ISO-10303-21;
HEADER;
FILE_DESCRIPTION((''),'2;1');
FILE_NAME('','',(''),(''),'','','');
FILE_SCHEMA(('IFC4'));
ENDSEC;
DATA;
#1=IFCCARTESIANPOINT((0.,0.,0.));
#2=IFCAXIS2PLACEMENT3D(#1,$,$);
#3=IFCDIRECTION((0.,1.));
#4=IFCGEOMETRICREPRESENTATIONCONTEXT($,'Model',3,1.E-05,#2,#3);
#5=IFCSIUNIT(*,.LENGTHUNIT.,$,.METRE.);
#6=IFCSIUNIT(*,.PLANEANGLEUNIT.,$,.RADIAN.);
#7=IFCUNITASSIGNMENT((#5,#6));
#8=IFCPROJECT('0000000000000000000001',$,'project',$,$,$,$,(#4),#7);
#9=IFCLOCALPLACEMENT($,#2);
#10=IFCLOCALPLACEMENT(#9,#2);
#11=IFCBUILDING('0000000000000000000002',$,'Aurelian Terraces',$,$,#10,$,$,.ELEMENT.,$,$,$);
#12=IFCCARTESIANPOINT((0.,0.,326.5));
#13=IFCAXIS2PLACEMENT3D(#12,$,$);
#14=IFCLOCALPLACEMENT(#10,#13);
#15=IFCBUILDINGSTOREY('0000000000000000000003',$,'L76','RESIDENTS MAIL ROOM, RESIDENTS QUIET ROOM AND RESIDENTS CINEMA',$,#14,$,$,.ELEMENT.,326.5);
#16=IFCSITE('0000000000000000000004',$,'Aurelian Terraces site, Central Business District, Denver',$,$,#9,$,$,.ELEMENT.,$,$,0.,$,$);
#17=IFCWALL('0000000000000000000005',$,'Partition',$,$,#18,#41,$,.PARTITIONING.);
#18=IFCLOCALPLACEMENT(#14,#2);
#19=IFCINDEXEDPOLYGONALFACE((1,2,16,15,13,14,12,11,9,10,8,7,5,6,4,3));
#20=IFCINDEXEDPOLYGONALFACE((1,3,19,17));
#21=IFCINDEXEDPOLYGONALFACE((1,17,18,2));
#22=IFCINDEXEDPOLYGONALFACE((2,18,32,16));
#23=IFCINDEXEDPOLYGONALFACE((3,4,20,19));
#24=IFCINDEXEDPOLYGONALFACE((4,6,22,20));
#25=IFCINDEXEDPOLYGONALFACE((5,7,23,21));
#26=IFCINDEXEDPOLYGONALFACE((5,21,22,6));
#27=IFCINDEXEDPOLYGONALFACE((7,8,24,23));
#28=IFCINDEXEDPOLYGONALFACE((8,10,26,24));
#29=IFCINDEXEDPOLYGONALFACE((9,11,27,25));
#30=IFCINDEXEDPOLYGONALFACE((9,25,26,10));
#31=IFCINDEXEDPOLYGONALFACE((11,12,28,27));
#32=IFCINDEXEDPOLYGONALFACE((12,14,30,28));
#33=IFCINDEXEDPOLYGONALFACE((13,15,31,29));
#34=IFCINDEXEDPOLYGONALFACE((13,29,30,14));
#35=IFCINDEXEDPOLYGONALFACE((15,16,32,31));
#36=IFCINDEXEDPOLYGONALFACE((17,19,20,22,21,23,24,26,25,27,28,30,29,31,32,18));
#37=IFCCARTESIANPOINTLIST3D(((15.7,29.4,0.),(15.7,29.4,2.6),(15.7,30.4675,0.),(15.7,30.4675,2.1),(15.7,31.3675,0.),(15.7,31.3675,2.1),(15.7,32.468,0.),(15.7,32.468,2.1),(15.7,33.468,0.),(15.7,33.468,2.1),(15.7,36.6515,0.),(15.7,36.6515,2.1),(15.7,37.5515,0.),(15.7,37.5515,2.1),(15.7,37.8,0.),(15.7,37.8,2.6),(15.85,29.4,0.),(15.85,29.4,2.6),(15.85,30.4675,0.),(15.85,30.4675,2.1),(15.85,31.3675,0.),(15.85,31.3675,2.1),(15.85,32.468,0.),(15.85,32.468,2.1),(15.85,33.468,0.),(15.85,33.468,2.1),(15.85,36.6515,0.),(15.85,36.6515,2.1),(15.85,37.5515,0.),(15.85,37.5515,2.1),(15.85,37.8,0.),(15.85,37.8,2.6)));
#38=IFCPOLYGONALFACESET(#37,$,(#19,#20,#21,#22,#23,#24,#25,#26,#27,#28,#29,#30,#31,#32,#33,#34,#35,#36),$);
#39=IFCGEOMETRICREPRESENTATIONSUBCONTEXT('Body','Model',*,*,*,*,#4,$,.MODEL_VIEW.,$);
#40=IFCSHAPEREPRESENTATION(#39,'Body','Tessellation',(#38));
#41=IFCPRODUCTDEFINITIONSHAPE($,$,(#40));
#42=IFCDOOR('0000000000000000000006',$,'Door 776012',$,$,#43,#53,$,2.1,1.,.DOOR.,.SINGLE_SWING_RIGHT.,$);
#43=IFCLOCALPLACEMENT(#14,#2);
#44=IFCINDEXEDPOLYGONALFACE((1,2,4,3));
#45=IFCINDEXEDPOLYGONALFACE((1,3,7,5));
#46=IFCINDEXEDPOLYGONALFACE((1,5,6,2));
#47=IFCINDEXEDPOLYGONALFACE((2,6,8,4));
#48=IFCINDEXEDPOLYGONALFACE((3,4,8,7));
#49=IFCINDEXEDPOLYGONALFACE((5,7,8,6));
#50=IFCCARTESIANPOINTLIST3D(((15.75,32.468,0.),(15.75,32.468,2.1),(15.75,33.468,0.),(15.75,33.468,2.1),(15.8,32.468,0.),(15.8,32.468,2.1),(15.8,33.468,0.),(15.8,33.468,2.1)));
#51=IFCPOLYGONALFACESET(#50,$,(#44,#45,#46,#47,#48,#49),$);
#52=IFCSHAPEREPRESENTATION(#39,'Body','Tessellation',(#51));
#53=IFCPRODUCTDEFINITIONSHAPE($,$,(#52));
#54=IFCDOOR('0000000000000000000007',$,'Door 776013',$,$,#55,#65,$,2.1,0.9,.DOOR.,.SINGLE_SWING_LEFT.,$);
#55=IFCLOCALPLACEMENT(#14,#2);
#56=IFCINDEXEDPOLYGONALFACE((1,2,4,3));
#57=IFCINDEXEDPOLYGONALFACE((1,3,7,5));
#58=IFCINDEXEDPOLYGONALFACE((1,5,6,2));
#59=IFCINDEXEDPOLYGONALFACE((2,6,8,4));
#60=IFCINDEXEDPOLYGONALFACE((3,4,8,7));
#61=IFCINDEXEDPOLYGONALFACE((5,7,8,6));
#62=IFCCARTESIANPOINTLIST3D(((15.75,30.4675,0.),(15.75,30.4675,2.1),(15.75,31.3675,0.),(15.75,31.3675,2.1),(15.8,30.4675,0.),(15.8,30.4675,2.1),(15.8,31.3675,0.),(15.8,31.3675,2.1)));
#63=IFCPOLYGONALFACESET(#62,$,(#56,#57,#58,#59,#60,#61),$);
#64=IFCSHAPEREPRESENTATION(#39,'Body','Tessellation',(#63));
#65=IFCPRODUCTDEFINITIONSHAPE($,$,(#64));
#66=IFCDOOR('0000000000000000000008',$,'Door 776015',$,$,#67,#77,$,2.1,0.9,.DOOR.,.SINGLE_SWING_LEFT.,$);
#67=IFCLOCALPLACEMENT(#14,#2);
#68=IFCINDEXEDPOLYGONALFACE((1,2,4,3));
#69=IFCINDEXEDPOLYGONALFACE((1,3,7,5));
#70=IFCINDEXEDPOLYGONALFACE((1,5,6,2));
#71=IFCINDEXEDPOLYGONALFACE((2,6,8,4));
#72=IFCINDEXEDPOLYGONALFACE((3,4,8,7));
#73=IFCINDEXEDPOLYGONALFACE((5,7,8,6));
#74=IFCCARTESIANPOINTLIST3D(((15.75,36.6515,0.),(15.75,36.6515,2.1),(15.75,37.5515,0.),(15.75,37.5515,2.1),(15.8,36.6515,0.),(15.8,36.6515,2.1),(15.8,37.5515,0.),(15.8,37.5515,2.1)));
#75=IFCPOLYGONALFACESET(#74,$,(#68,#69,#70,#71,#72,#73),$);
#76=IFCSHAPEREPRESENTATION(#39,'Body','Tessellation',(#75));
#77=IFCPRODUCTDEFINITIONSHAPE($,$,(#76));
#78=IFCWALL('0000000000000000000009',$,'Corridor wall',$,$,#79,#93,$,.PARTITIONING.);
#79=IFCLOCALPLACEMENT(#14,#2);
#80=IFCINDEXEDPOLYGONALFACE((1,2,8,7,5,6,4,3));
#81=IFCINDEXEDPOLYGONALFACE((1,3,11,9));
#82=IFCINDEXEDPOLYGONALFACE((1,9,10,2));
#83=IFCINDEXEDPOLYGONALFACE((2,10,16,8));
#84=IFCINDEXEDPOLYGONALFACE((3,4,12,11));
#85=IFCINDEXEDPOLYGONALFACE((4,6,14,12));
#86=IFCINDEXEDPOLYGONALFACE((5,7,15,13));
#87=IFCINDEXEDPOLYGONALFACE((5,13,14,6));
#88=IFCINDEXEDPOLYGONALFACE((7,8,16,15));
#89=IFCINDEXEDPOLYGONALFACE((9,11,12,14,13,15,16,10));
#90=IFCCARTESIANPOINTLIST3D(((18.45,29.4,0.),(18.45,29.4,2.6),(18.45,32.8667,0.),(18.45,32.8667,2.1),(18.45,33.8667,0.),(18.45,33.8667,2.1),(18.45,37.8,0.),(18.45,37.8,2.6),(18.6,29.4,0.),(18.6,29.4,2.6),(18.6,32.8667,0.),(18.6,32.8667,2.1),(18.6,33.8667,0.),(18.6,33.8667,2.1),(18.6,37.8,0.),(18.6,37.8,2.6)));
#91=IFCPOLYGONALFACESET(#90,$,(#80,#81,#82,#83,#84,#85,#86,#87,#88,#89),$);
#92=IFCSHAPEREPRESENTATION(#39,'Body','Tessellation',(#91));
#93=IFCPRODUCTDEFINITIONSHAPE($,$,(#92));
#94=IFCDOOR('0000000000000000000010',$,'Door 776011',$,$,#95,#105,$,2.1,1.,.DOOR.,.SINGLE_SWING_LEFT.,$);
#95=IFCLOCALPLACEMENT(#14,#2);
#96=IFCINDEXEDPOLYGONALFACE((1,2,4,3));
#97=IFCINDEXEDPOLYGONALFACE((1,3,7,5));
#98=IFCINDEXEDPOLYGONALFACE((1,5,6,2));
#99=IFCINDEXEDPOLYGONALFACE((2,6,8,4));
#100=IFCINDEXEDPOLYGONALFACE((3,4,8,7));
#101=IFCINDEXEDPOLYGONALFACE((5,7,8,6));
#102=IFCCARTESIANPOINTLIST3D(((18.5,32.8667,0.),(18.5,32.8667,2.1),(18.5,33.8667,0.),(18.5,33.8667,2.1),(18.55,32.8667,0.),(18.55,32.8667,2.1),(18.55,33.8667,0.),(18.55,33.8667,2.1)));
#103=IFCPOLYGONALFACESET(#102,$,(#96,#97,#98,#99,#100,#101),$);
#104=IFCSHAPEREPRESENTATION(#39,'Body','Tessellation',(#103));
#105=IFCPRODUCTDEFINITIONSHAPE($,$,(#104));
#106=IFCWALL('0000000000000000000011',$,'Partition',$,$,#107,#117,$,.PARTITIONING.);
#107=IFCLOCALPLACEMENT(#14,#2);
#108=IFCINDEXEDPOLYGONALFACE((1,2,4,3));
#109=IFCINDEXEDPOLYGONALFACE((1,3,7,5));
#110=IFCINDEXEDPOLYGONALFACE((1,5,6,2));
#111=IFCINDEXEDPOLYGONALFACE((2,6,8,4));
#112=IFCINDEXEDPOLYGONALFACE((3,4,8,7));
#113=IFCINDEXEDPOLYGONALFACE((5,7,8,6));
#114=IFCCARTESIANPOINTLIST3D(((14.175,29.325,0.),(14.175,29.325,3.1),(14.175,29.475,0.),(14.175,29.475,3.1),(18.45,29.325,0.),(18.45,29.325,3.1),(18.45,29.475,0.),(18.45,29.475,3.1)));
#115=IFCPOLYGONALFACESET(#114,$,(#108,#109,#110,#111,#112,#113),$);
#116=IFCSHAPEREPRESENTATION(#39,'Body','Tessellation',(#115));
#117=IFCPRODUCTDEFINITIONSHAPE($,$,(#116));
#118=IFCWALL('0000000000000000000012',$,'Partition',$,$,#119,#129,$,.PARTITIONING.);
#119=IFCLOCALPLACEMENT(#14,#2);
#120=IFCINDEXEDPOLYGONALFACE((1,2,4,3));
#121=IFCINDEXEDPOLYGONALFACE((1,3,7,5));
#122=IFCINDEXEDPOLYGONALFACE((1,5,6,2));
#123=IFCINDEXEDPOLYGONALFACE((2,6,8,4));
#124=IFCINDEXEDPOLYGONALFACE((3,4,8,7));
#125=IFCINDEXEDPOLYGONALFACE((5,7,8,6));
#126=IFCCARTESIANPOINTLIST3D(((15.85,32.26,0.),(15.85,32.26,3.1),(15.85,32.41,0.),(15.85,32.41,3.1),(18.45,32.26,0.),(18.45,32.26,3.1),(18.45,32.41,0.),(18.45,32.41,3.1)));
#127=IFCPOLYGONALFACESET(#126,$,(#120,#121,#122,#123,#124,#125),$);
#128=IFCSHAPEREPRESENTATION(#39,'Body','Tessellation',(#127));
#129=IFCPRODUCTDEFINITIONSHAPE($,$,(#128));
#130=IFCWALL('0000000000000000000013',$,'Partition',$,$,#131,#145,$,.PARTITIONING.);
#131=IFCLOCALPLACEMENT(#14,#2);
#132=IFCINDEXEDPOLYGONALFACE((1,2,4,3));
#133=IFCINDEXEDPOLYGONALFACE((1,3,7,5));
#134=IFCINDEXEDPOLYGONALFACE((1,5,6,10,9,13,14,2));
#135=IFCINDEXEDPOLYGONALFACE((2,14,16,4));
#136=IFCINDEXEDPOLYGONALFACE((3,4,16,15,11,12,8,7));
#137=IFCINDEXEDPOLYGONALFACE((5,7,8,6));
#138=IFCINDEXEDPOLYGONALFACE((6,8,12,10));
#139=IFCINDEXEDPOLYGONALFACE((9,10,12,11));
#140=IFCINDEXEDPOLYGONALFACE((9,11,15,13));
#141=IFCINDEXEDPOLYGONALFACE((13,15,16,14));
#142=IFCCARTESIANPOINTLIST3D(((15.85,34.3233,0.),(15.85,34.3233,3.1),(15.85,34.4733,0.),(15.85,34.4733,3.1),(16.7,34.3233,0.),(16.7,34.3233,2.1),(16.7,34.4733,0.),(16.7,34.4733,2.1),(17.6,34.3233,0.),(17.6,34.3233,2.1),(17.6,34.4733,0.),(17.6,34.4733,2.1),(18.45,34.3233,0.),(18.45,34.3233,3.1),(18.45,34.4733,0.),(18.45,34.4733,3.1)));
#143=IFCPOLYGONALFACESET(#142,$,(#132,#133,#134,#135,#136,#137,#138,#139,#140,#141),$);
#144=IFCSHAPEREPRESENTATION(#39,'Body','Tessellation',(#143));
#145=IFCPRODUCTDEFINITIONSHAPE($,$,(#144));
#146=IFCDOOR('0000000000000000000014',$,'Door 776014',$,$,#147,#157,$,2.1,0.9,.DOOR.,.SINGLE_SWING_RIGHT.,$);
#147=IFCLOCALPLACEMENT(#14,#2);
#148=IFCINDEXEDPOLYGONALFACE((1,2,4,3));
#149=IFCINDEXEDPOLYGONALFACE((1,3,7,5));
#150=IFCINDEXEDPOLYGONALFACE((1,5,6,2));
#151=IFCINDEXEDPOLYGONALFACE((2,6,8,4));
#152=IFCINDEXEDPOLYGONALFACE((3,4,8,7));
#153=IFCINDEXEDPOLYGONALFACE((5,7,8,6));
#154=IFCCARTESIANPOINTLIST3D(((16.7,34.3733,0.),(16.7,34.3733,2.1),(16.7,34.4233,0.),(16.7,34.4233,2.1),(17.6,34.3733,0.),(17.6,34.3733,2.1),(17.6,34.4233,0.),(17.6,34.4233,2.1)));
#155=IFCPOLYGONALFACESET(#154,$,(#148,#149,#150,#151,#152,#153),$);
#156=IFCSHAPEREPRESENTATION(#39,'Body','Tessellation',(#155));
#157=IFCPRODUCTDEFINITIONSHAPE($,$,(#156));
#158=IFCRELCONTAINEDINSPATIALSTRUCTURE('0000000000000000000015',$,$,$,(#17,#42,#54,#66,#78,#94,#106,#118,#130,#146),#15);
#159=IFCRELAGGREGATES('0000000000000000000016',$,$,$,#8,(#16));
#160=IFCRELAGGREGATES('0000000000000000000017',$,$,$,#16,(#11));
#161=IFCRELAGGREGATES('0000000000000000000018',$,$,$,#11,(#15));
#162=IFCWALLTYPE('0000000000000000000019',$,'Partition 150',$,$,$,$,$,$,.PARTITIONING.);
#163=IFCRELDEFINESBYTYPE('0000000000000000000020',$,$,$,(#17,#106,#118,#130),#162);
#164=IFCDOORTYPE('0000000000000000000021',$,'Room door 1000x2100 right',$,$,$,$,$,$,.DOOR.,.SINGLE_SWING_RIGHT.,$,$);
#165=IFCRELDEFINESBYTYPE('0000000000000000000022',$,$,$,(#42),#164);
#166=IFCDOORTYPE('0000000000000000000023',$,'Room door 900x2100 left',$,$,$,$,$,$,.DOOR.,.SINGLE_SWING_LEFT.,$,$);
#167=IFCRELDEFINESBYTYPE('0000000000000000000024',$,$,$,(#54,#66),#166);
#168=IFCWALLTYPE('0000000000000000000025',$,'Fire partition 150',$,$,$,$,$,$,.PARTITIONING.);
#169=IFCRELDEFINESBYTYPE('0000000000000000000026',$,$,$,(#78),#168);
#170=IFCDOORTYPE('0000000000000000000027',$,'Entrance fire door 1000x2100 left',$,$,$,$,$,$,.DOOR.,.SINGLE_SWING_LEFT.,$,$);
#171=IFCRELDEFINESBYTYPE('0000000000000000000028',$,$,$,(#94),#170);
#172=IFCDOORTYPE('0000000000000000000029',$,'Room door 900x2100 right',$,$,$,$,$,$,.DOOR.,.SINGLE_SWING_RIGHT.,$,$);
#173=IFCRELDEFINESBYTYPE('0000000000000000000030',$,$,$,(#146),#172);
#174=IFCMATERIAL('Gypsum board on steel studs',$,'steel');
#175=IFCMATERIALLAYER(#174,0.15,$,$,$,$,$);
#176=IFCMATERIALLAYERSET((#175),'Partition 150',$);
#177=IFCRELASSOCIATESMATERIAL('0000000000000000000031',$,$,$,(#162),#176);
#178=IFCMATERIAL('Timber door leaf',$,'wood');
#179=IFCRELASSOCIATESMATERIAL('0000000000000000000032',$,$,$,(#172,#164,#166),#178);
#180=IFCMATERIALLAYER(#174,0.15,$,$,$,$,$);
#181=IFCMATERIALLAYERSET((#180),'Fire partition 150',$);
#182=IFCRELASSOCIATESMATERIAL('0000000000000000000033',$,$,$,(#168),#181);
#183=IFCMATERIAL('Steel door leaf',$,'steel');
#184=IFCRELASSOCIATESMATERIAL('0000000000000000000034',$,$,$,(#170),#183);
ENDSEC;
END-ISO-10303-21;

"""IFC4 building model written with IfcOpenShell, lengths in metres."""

from ifc_helpers import new_model, si_unit, direction, frame, frame_2d, origin, place, context, subcontext, project, spatial, rectangle, extrude, source, transform, mapped, material, layer, layer_set, type_object, element, fill, save


model = new_model("IFC4")

# Units and contexts
model_context = context("Model", 3, precision=1e-05, world=origin(), true_north=direction((0.0, 1.0)))
body_context = subcontext(model_context, "Body", "Model", "MODEL_VIEW")
ifc_project = project(units=[si_unit("LENGTHUNIT", "METRE"), si_unit("PLANEANGLEUNIT", "RADIAN")], contexts=[model_context])

# Site, building, storey
site_placement = place(None, origin())
site = spatial("IfcSite", under=ifc_project, at=site_placement, Name="Aurelian Terraces site, Central Business District, Denver", CompositionType="ELEMENT", RefElevation=0.0)
building_placement = place(site_placement, origin())
building = spatial("IfcBuilding", under=site, at=building_placement, Name="Aurelian Terraces", CompositionType="ELEMENT")
storey_placement = place(building_placement, frame((0.0, 0.0, 326.5)))
storey = spatial("IfcBuildingStorey", under=building, at=storey_placement, Name="L76", Description="RESIDENTS MAIL ROOM, RESIDENTS QUIET ROOM AND RESIDENTS CINEMA", CompositionType="ELEMENT", Elevation=326.5)

# Shared definitions
ifc_material_1 = material(Name="Gypsum board on steel studs", Category="steel")
ifc_layer_1 = layer(ifc_material_1, 0.15)
ifc_layer_set_1 = layer_set([ifc_layer_1], Name="Partition 150")
wall_type_1 = type_object("IfcWallType", Name="Partition 150", PredefinedType="PARTITIONING", material=ifc_layer_set_1)
shared_shape_1 = source(origin(), body_context, "Body", "SweptSolid", [
    extrude(rectangle(XDim=0.9, YDim=2.1, at=frame_2d((0.45, 1.05))), frame((0.0, 0.085, 0.0), z_axis=(0.0, -1.0, 0.0), x_axis=(1.0, 0.0, 0.0)), (0.0, 0.0, 1.0), 0.17),
])
ifc_material_2 = material(Name="Timber door leaf", Category="wood")
door_type_1 = type_object("IfcDoorType", Name="Room door 900x2100 right", OperationType="SINGLE_SWING_RIGHT", PredefinedType="DOOR", material=ifc_material_2)
shared_shape_2 = source(origin(), body_context, "Body", "SweptSolid", [
    extrude(rectangle(XDim=0.9, YDim=2.1, at=frame_2d((0.45, 1.05))), frame((0.0, 0.025, 0.0), z_axis=(0.0, -1.0, 0.0), x_axis=(1.0, 0.0, 0.0)), (0.0, 0.0, 1.0), 0.05),
])

# Wall, openings, doors
shared_shape_3 = source(origin(), body_context, "Body", "SweptSolid", [
    extrude(rectangle(XDim=8.4, YDim=0.15, at=frame_2d((4.2, 0.0))), origin(), (0.0, 0.0, 1.0), 2.6),
])
wall_1_placement = place(storey_placement, frame((15.775, 29.4, 0.0), z_axis=(0.0, 0.0, 1.0), x_axis=(0.0, 1.0, 0.0)))
wall_1 = element("IfcWall", 1, at=wall_1_placement, inside=storey, type_object=wall_type_1, Name="Partition", PredefinedType="PARTITIONING", context=body_context, shape_type="MappedRepresentation", body=[
    mapped(shared_shape_3, transform((0.0, 0.0, 0.0), scale=1.0)),
])
shared_shape_4 = source(origin(), body_context, "Body", "SweptSolid", [
    extrude(rectangle(XDim=1.0, YDim=2.1, at=frame_2d((0.5, 1.05))), frame((0.0, 0.085, 0.0), z_axis=(0.0, -1.0, 0.0), x_axis=(1.0, 0.0, 0.0)), (0.0, 0.0, 1.0), 0.17),
])
opening_1_placement = place(wall_1_placement, frame((3.068, 0.0, 0.0)))
opening_1 = element("IfcOpeningElement", 2, at=opening_1_placement, cuts=wall_1, PredefinedType="OPENING", context=body_context, shape_type="MappedRepresentation", body=[
    mapped(shared_shape_4, transform((0.0, 0.0, 0.0), scale=1.0)),
])
opening_2_placement = place(wall_1_placement, frame((1.0675, 0.0, 0.0)))
opening_2 = element("IfcOpeningElement", 3, at=opening_2_placement, cuts=wall_1, PredefinedType="OPENING", context=body_context, shape_type="MappedRepresentation", body=[
    mapped(shared_shape_1, transform((0.0, 0.0, 0.0), scale=1.0)),
])
opening_3_placement = place(wall_1_placement, frame((7.2515, 0.0, 0.0)))
opening_3 = element("IfcOpeningElement", 4, at=opening_3_placement, cuts=wall_1, PredefinedType="OPENING", context=body_context, shape_type="MappedRepresentation", body=[
    mapped(shared_shape_1, transform((0.0, 0.0, 0.0), scale=1.0)),
])
door_type_2 = type_object("IfcDoorType", Name="Room door 1000x2100 right", OperationType="SINGLE_SWING_RIGHT", PredefinedType="DOOR", material=ifc_material_2)
shared_shape_5 = source(origin(), body_context, "Body", "SweptSolid", [
    extrude(rectangle(XDim=1.0, YDim=2.1, at=frame_2d((0.5, 1.05))), frame((0.0, 0.025, 0.0), z_axis=(0.0, -1.0, 0.0), x_axis=(1.0, 0.0, 0.0)), (0.0, 0.0, 1.0), 0.05),
])
door_1_placement = place(opening_1_placement, origin())
door_1 = element("IfcDoor", 5, at=door_1_placement, inside=storey, type_object=door_type_2, Name="Door 776012", OperationType="SINGLE_SWING_RIGHT", OverallHeight=2.1, OverallWidth=1.0, PredefinedType="DOOR", context=body_context, shape_type="MappedRepresentation", body=[
    mapped(shared_shape_5, transform((0.0, 0.0, 0.0), scale=1.0)),
])
fill(opening_1, door_1)
door_type_3 = type_object("IfcDoorType", Name="Room door 900x2100 left", OperationType="SINGLE_SWING_LEFT", PredefinedType="DOOR", material=ifc_material_2)
door_2_placement = place(opening_2_placement, origin())
door_2 = element("IfcDoor", 6, at=door_2_placement, inside=storey, type_object=door_type_3, Name="Door 776013", OperationType="SINGLE_SWING_LEFT", OverallHeight=2.1, OverallWidth=0.9, PredefinedType="DOOR", context=body_context, shape_type="MappedRepresentation", body=[
    mapped(shared_shape_2, transform((0.0, 0.0, 0.0), scale=1.0)),
])
fill(opening_2, door_2)
door_3_placement = place(opening_3_placement, origin())
door_3 = element("IfcDoor", 7, at=door_3_placement, inside=storey, type_object=door_type_3, Name="Door 776015", OperationType="SINGLE_SWING_LEFT", OverallHeight=2.1, OverallWidth=0.9, PredefinedType="DOOR", context=body_context, shape_type="MappedRepresentation", body=[
    mapped(shared_shape_2, transform((0.0, 0.0, 0.0), scale=1.0)),
])
fill(opening_3, door_3)

# Wall, opening, door
ifc_layer_2 = layer(ifc_material_1, 0.15)
ifc_layer_set_2 = layer_set([ifc_layer_2], Name="Fire partition 150")
wall_type_2 = type_object("IfcWallType", Name="Fire partition 150", PredefinedType="PARTITIONING", material=ifc_layer_set_2)
wall_2_placement = place(storey_placement, frame((18.525, 29.4, 0.0), z_axis=(0.0, 0.0, 1.0), x_axis=(0.0, 1.0, 0.0)))
wall_2 = element("IfcWall", 8, at=wall_2_placement, inside=storey, type_object=wall_type_2, Name="Corridor wall", PredefinedType="PARTITIONING", context=body_context, shape_type="MappedRepresentation", body=[
    mapped(shared_shape_3, transform((0.0, 0.0, 0.0), scale=1.0)),
])
opening_4_placement = place(wall_2_placement, frame((3.4667, 0.0, 0.0)))
opening_4 = element("IfcOpeningElement", 9, at=opening_4_placement, cuts=wall_2, PredefinedType="OPENING", context=body_context, shape_type="MappedRepresentation", body=[
    mapped(shared_shape_4, transform((0.0, 0.0, 0.0), scale=1.0)),
])
ifc_material_3 = material(Name="Steel door leaf", Category="steel")
door_type_4 = type_object("IfcDoorType", Name="Entrance fire door 1000x2100 left", OperationType="SINGLE_SWING_LEFT", PredefinedType="DOOR", material=ifc_material_3)
door_4_placement = place(opening_4_placement, origin())
door_4 = element("IfcDoor", 10, at=door_4_placement, inside=storey, type_object=door_type_4, Name="Door 776011", OperationType="SINGLE_SWING_LEFT", OverallHeight=2.1, OverallWidth=1.0, PredefinedType="DOOR", context=body_context, shape_type="MappedRepresentation", body=[
    mapped(shared_shape_5, transform((0.0, 0.0, 0.0), scale=1.0)),
])
fill(opening_4, door_4)

# Walls
shared_shape_6 = source(origin(), body_context, "Body", "SweptSolid", [
    extrude(rectangle(XDim=4.275, YDim=0.15, at=frame_2d((2.1375, 0.0))), origin(), (0.0, 0.0, 1.0), 3.1),
])
wall_3_placement = place(storey_placement, frame((18.45, 29.4, 0.0), z_axis=(0.0, 0.0, 1.0), x_axis=(-1.0, 0.0, 0.0)))
element("IfcWall", 11, at=wall_3_placement, inside=storey, type_object=wall_type_1, Name="Partition", PredefinedType="PARTITIONING", context=body_context, shape_type="MappedRepresentation", body=[
    mapped(shared_shape_6, transform((0.0, 0.0, 0.0), scale=1.0)),
])
shared_shape_7 = source(origin(), body_context, "Body", "SweptSolid", [
    extrude(rectangle(XDim=2.6, YDim=0.15, at=frame_2d((1.3, 0.0))), origin(), (0.0, 0.0, 1.0), 3.1),
])
wall_4_placement = place(storey_placement, frame((18.45, 32.335, 0.0), z_axis=(0.0, 0.0, 1.0), x_axis=(-1.0, 0.0, 0.0)))
element("IfcWall", 12, at=wall_4_placement, inside=storey, type_object=wall_type_1, Name="Partition", PredefinedType="PARTITIONING", context=body_context, shape_type="MappedRepresentation", body=[
    mapped(shared_shape_7, transform((0.0, 0.0, 0.0), scale=1.0)),
])

# Wall, opening, door
wall_5_placement = place(storey_placement, frame((18.45, 34.3983, 0.0), z_axis=(0.0, 0.0, 1.0), x_axis=(-1.0, 0.0, 0.0)))
wall_5 = element("IfcWall", 13, at=wall_5_placement, inside=storey, type_object=wall_type_1, Name="Partition", PredefinedType="PARTITIONING", context=body_context, shape_type="MappedRepresentation", body=[
    mapped(shared_shape_7, transform((0.0, 0.0, 0.0), scale=1.0)),
])
opening_5_placement = place(wall_5_placement, frame((0.85, 0.0, 0.0)))
opening_5 = element("IfcOpeningElement", 14, at=opening_5_placement, cuts=wall_5, PredefinedType="OPENING", context=body_context, shape_type="MappedRepresentation", body=[
    mapped(shared_shape_1, transform((0.0, 0.0, 0.0), scale=1.0)),
])
door_5_placement = place(opening_5_placement, origin())
door_5 = element("IfcDoor", 15, at=door_5_placement, inside=storey, type_object=door_type_1, Name="Door 776014", OperationType="SINGLE_SWING_RIGHT", OverallHeight=2.1, OverallWidth=0.9, PredefinedType="DOOR", context=body_context, shape_type="MappedRepresentation", body=[
    mapped(shared_shape_2, transform((0.0, 0.0, 0.0), scale=1.0)),
])
fill(opening_5, door_5)

save(model, "model.ifc")
